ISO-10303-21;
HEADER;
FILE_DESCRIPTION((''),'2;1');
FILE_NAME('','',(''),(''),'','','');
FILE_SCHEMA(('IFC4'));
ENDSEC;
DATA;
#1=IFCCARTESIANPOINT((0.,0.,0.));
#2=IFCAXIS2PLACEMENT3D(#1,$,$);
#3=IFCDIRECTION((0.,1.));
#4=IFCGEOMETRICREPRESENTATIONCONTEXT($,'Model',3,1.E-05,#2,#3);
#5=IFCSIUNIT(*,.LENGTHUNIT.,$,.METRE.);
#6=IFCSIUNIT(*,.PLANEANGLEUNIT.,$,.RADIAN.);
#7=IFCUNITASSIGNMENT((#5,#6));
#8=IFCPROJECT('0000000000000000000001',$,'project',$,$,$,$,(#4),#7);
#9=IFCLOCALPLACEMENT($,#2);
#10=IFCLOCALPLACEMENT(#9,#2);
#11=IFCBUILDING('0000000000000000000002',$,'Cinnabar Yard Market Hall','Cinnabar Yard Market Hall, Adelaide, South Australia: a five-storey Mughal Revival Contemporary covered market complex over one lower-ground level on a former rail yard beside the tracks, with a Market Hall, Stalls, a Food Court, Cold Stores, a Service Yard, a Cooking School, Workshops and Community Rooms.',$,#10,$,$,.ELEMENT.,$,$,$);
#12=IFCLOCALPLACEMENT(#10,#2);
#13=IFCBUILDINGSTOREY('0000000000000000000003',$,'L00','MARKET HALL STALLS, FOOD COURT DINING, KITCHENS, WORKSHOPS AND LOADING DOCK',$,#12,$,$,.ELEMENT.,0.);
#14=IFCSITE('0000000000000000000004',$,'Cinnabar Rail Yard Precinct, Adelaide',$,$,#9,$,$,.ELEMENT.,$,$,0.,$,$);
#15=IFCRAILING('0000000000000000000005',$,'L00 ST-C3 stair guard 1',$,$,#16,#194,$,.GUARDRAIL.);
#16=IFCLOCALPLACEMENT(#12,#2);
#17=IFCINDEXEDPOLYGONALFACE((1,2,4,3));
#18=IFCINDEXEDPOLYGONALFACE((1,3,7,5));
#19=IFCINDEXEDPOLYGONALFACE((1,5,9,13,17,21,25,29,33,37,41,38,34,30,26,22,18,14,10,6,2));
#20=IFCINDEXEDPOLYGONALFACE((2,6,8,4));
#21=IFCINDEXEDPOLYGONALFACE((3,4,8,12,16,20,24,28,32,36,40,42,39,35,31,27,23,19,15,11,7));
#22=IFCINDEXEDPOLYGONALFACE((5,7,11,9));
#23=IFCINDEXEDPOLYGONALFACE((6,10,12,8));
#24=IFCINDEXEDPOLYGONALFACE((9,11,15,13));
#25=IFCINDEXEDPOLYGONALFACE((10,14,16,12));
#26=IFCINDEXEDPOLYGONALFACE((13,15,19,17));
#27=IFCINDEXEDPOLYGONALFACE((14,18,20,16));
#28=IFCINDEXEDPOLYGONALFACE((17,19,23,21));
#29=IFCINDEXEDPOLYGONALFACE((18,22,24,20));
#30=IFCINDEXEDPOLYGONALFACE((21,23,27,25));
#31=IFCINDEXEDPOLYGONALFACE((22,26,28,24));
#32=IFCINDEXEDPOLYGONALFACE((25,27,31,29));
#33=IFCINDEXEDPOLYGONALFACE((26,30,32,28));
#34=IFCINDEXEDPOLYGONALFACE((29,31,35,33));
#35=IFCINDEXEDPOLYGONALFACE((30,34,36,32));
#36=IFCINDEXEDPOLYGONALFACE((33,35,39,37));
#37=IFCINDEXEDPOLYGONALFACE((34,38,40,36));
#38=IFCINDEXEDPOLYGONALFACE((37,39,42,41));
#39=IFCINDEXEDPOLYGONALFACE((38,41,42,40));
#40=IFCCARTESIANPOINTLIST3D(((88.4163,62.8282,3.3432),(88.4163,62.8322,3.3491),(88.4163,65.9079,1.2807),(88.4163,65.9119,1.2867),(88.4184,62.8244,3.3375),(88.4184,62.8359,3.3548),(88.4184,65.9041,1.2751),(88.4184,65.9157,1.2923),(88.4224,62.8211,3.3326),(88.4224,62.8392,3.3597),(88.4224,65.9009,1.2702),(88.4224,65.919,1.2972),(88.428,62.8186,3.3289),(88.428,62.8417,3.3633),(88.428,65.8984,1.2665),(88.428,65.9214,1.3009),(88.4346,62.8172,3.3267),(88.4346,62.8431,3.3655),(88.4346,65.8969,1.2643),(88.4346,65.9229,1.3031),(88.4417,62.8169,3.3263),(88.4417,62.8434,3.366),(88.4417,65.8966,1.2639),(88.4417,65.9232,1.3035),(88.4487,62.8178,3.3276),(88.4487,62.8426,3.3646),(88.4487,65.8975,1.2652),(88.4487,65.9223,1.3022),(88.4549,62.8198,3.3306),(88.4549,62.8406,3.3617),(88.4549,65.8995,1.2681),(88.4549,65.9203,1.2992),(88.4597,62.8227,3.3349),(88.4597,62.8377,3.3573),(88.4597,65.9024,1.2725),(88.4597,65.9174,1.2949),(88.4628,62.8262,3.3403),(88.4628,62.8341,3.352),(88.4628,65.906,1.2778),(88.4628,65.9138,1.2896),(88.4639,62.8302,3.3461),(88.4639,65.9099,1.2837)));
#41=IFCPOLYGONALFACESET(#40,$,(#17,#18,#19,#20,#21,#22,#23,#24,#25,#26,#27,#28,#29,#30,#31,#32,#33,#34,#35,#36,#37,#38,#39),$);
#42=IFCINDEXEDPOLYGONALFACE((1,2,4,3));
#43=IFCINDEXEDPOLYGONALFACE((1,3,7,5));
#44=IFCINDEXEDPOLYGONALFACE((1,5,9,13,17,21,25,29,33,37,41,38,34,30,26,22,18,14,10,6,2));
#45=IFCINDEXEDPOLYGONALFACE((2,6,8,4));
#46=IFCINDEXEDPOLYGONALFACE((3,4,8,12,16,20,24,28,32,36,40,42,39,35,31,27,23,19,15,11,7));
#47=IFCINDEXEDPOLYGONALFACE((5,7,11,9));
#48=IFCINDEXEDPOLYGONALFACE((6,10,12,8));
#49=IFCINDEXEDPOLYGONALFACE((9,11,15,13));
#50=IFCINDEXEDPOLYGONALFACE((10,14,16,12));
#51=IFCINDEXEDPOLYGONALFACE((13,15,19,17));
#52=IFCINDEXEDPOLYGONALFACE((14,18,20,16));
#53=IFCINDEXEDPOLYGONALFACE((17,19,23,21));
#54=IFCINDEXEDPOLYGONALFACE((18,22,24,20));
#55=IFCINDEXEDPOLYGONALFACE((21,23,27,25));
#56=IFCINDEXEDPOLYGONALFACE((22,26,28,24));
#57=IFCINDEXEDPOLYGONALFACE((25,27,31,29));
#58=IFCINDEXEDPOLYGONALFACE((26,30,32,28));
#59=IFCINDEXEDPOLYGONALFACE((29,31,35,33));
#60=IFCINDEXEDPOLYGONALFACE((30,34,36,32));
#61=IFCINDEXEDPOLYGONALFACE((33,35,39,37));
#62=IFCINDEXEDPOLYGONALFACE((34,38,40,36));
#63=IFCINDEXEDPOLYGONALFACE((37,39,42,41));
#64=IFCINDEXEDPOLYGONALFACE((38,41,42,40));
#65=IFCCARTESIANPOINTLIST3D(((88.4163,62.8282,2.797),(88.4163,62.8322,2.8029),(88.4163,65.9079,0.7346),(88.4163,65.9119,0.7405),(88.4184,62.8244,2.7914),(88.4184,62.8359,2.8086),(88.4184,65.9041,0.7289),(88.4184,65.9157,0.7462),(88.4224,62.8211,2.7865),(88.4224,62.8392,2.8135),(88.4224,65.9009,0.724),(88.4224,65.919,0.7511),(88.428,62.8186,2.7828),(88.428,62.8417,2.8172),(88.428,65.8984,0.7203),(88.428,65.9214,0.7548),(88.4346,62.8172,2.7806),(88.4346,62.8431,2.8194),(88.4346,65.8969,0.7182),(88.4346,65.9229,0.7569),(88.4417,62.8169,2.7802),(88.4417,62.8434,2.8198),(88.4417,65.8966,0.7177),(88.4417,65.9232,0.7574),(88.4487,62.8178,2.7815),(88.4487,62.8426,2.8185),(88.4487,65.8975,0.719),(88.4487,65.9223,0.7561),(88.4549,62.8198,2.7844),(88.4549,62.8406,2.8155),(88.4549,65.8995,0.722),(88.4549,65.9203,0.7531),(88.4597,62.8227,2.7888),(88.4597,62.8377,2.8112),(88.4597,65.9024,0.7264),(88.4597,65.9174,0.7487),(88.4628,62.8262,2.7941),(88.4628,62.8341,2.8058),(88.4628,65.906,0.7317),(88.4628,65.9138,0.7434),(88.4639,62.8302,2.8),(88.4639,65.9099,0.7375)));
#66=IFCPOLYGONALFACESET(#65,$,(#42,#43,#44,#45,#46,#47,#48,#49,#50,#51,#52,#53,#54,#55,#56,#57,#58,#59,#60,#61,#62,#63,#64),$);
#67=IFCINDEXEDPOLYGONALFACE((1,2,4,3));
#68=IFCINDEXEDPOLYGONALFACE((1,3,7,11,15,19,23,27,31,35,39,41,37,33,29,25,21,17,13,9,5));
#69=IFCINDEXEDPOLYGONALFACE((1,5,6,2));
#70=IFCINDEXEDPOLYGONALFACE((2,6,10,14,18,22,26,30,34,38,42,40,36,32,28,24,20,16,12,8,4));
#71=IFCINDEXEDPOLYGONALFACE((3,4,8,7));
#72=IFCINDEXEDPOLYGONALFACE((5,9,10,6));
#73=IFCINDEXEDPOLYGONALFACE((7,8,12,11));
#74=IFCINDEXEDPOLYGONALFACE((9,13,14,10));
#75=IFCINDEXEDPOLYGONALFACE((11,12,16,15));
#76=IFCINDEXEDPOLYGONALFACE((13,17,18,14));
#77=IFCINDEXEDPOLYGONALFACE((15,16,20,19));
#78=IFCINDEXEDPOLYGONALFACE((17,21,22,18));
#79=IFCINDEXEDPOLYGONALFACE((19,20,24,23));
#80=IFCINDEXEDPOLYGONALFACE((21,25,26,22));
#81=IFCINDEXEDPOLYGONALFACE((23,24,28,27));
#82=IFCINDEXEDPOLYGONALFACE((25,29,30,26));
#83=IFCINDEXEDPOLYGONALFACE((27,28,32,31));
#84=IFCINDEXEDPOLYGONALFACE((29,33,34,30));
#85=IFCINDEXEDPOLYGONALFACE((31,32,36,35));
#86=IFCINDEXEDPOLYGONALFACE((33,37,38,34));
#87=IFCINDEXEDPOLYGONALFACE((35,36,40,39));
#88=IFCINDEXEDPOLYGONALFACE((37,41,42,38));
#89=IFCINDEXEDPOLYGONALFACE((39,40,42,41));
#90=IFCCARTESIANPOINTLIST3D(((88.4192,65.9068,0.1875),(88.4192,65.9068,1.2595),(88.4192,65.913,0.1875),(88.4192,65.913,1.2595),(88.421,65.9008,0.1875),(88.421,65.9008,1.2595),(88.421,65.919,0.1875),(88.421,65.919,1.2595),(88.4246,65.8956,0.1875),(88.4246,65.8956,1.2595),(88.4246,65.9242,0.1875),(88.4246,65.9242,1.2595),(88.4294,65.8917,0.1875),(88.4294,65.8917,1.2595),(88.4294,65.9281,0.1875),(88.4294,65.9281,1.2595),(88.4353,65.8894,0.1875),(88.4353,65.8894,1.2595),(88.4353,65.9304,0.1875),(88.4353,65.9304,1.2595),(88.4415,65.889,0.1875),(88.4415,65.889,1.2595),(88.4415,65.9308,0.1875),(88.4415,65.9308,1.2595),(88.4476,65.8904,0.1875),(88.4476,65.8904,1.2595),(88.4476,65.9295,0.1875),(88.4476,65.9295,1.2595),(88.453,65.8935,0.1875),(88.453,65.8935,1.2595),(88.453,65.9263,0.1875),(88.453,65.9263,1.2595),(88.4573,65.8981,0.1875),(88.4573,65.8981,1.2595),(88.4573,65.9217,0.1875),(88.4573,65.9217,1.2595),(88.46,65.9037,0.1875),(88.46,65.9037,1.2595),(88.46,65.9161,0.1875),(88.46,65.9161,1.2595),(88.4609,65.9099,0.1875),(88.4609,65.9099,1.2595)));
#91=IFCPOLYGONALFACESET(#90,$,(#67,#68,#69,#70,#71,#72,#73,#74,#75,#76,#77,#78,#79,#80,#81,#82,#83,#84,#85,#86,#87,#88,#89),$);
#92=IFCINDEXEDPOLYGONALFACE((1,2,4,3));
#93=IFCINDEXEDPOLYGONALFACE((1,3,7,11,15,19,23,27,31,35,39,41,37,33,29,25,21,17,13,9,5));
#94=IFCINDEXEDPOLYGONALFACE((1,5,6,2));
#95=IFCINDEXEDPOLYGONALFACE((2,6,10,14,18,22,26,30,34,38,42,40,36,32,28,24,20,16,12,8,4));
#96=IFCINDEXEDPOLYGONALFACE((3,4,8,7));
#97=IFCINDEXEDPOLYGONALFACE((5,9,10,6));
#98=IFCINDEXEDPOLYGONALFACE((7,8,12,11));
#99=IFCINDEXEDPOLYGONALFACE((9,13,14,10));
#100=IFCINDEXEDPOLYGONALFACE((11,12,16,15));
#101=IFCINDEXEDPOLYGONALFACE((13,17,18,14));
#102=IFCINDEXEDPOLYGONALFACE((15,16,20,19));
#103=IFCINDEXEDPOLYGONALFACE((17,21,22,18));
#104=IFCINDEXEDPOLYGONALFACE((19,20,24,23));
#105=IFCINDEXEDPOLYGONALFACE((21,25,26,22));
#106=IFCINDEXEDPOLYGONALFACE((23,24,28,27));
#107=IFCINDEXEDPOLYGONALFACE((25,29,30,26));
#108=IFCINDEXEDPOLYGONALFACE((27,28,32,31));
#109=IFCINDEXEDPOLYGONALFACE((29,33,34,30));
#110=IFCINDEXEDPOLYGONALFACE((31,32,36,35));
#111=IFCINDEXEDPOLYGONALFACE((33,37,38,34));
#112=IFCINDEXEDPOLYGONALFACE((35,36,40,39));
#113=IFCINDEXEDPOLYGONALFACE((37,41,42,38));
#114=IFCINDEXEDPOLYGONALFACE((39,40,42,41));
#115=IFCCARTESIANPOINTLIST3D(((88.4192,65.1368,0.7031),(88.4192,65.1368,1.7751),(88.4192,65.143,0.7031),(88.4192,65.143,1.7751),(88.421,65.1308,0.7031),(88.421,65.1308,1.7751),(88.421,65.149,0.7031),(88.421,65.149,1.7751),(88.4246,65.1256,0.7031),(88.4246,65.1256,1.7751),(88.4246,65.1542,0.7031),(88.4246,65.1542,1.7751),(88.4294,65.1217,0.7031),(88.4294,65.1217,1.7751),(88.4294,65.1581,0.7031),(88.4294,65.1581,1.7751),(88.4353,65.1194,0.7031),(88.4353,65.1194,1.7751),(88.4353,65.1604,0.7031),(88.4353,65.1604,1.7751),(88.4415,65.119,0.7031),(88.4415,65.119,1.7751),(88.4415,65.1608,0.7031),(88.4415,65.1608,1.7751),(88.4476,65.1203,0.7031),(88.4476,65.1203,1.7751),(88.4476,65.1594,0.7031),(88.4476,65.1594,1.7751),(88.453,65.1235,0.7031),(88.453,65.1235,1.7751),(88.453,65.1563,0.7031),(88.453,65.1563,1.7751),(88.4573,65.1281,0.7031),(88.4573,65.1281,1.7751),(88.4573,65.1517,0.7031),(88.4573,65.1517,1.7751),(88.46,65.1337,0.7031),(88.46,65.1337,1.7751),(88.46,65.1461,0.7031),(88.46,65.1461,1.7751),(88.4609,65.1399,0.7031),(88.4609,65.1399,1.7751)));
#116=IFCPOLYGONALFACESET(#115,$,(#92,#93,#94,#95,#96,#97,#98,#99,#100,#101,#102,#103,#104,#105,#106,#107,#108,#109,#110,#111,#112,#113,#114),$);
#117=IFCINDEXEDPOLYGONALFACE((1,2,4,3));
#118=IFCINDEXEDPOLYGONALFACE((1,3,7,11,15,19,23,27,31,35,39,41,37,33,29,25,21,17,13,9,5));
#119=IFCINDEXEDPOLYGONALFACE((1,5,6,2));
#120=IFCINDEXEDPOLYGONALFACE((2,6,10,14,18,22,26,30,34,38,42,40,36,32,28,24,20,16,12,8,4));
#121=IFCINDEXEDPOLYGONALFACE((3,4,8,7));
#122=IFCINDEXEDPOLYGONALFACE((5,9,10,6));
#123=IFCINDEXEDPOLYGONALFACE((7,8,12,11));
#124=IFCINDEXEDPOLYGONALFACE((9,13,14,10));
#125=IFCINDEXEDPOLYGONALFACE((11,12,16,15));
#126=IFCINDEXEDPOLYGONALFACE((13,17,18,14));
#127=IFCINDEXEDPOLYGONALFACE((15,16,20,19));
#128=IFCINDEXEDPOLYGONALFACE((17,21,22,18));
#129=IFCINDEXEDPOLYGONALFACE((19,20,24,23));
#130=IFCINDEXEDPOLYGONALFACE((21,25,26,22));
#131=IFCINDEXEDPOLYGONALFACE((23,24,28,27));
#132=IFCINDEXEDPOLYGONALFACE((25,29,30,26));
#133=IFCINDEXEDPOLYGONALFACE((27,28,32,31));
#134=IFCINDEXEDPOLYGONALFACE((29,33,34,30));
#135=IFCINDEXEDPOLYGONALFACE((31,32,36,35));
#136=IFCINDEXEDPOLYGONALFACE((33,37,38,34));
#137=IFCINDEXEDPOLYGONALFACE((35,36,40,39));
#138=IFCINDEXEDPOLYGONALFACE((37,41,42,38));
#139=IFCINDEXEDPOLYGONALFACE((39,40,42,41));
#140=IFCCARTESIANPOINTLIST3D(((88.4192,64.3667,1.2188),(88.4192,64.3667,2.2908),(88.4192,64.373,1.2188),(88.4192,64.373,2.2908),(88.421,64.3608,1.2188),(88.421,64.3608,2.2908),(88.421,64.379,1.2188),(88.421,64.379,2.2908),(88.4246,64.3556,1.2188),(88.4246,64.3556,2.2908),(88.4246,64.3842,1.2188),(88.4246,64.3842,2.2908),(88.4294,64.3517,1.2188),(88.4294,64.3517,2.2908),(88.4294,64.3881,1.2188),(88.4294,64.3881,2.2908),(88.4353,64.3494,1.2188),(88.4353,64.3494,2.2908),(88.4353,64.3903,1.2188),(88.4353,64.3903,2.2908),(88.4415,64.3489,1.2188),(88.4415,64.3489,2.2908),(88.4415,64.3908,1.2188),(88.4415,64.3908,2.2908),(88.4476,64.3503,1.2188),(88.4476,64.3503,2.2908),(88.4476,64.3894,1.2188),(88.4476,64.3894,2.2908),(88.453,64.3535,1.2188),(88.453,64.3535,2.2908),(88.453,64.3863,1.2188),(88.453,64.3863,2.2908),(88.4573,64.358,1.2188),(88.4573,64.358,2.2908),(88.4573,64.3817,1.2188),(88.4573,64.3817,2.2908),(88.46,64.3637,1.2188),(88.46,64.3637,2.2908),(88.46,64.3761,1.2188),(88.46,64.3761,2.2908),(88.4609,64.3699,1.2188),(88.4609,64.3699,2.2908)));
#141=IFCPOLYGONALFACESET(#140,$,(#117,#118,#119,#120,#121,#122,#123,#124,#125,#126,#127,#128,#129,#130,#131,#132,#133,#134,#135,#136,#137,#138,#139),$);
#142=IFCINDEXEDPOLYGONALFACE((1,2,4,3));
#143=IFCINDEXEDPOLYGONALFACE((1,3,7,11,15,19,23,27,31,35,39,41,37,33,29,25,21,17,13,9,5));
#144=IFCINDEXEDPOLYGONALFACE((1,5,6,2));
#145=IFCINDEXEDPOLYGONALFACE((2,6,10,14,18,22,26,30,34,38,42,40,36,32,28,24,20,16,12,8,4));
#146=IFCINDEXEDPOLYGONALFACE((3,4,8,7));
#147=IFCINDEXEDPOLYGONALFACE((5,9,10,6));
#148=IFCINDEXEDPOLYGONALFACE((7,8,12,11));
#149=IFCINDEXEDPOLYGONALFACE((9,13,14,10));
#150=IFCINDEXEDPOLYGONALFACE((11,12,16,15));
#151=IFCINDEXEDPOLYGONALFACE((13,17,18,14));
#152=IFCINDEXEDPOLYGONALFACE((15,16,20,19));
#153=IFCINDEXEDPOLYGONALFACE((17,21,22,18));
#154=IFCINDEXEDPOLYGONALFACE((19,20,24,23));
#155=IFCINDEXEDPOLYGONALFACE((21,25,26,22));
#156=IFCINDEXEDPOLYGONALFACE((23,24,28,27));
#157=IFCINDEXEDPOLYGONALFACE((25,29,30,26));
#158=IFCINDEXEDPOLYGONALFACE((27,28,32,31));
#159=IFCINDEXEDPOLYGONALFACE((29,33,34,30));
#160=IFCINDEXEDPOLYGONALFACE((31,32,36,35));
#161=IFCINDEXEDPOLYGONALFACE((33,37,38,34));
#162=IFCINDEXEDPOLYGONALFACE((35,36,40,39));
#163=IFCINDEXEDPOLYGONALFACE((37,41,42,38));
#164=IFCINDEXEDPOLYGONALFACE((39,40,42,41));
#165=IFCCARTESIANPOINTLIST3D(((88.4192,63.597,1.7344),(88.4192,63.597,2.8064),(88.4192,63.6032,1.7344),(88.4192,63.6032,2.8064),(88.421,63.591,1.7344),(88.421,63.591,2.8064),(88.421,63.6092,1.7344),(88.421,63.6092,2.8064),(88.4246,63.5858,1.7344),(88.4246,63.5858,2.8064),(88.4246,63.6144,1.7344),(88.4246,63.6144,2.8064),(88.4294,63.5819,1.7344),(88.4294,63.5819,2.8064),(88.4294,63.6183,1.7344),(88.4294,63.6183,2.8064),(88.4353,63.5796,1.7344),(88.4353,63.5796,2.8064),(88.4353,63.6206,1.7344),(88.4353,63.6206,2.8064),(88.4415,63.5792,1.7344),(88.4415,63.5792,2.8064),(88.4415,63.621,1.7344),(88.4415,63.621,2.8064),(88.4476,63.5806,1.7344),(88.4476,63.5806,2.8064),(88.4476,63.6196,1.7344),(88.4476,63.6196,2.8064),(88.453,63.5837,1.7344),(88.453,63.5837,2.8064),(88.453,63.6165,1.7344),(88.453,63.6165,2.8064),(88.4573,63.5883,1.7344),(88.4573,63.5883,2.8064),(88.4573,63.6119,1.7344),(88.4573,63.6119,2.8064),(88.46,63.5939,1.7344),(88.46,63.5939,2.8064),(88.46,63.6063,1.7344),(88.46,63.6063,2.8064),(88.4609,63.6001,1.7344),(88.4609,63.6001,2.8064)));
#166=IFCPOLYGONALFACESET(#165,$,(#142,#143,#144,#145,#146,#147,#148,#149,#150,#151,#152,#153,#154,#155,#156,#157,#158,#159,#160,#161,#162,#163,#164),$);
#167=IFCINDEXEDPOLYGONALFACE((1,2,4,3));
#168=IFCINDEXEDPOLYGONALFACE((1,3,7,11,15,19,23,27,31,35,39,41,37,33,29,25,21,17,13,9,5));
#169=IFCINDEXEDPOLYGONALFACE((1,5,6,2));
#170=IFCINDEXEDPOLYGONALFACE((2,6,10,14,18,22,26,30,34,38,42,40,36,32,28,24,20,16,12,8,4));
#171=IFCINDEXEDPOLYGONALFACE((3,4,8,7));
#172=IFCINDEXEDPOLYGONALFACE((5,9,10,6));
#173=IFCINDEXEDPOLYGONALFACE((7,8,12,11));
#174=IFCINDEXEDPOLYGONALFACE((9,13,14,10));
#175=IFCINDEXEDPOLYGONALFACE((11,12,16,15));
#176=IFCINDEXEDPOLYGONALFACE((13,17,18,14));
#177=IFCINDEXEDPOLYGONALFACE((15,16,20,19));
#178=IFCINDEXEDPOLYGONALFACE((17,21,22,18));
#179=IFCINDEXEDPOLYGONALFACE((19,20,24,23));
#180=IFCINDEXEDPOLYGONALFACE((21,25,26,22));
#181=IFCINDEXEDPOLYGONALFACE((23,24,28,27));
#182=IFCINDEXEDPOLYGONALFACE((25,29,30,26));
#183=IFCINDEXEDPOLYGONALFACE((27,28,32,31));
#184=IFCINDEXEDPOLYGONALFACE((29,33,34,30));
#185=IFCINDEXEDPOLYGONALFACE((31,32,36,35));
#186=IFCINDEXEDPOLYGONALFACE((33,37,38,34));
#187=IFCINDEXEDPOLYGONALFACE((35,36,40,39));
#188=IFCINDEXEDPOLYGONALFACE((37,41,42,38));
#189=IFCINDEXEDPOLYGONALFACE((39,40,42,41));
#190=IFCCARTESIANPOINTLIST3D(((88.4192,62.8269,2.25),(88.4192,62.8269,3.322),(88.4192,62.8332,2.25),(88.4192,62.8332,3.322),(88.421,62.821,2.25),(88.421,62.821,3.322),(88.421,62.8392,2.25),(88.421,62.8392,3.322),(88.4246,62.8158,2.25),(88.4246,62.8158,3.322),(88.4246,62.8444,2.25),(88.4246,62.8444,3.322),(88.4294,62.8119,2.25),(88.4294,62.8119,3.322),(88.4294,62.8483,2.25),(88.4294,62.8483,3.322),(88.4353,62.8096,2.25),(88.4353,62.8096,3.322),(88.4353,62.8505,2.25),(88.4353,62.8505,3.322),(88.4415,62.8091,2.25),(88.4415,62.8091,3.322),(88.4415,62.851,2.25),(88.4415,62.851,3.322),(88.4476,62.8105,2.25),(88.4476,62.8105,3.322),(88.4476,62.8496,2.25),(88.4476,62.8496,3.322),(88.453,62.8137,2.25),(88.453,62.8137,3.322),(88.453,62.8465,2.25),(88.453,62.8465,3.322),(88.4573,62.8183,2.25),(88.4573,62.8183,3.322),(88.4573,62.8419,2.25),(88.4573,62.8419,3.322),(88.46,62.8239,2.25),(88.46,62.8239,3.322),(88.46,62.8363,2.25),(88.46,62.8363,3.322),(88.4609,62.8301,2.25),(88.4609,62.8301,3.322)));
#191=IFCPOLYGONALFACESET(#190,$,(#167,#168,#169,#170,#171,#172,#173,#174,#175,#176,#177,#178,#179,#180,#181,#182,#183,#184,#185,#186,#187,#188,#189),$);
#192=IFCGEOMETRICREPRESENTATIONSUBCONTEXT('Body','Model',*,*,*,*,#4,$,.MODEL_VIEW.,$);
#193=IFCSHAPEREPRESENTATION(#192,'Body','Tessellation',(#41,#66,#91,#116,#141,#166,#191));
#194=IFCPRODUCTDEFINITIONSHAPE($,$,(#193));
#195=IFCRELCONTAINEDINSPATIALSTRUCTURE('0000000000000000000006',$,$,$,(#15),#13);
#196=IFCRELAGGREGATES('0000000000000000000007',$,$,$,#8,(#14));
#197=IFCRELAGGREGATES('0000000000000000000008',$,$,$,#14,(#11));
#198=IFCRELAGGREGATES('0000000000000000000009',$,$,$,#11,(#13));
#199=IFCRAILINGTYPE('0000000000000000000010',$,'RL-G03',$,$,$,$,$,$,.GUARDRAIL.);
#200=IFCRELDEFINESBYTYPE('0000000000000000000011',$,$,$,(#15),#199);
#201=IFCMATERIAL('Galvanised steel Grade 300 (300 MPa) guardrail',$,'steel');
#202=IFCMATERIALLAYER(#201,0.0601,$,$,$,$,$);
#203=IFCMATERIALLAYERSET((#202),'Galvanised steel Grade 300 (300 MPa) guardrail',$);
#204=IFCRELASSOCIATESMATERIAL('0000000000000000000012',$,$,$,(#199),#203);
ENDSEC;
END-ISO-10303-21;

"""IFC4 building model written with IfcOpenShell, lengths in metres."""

from ifc_helpers import new_model, si_unit, direction, frame, origin, origin_2d_with_axis, place, context, subcontext, project, spatial, circle, extrude, material, layer, layer_set, type_object, element, save


model = new_model("IFC4")

# Units and contexts
model_context = context("Model", 3, precision=1e-05, world=origin(), true_north=direction((0.0, 1.0)))
body_context = subcontext(model_context, "Body", "Model", "MODEL_VIEW")
ifc_project = project(units=[si_unit("LENGTHUNIT", "METRE"), si_unit("PLANEANGLEUNIT", "RADIAN")], contexts=[model_context])

# Site, building, storey
site_placement = place(None, origin())
site = spatial("IfcSite", under=ifc_project, at=site_placement, Name="Cinnabar Rail Yard Precinct, Adelaide", CompositionType="ELEMENT", RefElevation=0.0)
building_placement = place(site_placement, origin())
building = spatial("IfcBuilding", under=site, at=building_placement, Name="Cinnabar Yard Market Hall", Description="Cinnabar Yard Market Hall, Adelaide, South Australia: a five-storey Mughal Revival Contemporary covered market complex over one lower-ground level on a former rail yard beside the tracks, with a Market Hall, Stalls, a Food Court, Cold Stores, a Service Yard, a Cooking School, Workshops and Community Rooms.", CompositionType="ELEMENT")
storey_placement = place(building_placement, origin())
storey = spatial("IfcBuildingStorey", under=building, at=storey_placement, Name="L00", Description="MARKET HALL STALLS, FOOD COURT DINING, KITCHENS, WORKSHOPS AND LOADING DOCK", CompositionType="ELEMENT", Elevation=0.0)

# Railing
ifc_material_1 = material(Name="Galvanised steel Grade 300 (300 MPa) guardrail", Category="steel")
ifc_layer_1 = layer(ifc_material_1, 0.0601)
ifc_layer_set_1 = layer_set([ifc_layer_1], Name="Galvanised steel Grade 300 (300 MPa) guardrail")
railing_type_1 = type_object("IfcRailingType", Name="RL-G03", PredefinedType="GUARDRAIL", material=ifc_layer_set_1)
railing_1_placement = place(storey_placement, frame((88.4399, 65.9099, 0.1875)))
element("IfcRailing", 1, at=railing_1_placement, inside=storey, type_object=railing_type_1, Name="L00 ST-C3 stair guard 1", PredefinedType="GUARDRAIL", context=body_context, shape_type="SweptSolid", body=[
    extrude(circle(Radius=0.0239, at=origin_2d_with_axis()), frame((0.0, 0.0, 1.0962), z_axis=(0.0, -0.830893, 0.556432), x_axis=(1.0, 0.0, 0.0)), (0.0, 0.0, 1.0), 3.7065),
    extrude(circle(Radius=0.0239, at=origin_2d_with_axis()), frame((0.0, 0.0, 0.55), z_axis=(0.0, -0.830893, 0.556432), x_axis=(1.0, 0.0, 0.0)), (0.0, 0.0, 1.0), 3.7065),
    extrude(circle(Radius=0.021, at=origin_2d_with_axis()), origin(), (0.0, 0.0, 1.0), 1.072),
    extrude(circle(Radius=0.021, at=origin_2d_with_axis()), frame((0.0, -0.77, 0.5156)), (0.0, 0.0, 1.0), 1.072),
    extrude(circle(Radius=0.021, at=origin_2d_with_axis()), frame((0.0, -1.54, 1.0312)), (0.0, 0.0, 1.0), 1.072),
    extrude(circle(Radius=0.021, at=origin_2d_with_axis()), frame((0.0, -2.3098, 1.5469)), (0.0, 0.0, 1.0), 1.072),
    extrude(circle(Radius=0.021, at=origin_2d_with_axis()), frame((0.0, -3.0798, 2.0625)), (0.0, 0.0, 1.0), 1.072),
])

save(model, "model.ifc")
